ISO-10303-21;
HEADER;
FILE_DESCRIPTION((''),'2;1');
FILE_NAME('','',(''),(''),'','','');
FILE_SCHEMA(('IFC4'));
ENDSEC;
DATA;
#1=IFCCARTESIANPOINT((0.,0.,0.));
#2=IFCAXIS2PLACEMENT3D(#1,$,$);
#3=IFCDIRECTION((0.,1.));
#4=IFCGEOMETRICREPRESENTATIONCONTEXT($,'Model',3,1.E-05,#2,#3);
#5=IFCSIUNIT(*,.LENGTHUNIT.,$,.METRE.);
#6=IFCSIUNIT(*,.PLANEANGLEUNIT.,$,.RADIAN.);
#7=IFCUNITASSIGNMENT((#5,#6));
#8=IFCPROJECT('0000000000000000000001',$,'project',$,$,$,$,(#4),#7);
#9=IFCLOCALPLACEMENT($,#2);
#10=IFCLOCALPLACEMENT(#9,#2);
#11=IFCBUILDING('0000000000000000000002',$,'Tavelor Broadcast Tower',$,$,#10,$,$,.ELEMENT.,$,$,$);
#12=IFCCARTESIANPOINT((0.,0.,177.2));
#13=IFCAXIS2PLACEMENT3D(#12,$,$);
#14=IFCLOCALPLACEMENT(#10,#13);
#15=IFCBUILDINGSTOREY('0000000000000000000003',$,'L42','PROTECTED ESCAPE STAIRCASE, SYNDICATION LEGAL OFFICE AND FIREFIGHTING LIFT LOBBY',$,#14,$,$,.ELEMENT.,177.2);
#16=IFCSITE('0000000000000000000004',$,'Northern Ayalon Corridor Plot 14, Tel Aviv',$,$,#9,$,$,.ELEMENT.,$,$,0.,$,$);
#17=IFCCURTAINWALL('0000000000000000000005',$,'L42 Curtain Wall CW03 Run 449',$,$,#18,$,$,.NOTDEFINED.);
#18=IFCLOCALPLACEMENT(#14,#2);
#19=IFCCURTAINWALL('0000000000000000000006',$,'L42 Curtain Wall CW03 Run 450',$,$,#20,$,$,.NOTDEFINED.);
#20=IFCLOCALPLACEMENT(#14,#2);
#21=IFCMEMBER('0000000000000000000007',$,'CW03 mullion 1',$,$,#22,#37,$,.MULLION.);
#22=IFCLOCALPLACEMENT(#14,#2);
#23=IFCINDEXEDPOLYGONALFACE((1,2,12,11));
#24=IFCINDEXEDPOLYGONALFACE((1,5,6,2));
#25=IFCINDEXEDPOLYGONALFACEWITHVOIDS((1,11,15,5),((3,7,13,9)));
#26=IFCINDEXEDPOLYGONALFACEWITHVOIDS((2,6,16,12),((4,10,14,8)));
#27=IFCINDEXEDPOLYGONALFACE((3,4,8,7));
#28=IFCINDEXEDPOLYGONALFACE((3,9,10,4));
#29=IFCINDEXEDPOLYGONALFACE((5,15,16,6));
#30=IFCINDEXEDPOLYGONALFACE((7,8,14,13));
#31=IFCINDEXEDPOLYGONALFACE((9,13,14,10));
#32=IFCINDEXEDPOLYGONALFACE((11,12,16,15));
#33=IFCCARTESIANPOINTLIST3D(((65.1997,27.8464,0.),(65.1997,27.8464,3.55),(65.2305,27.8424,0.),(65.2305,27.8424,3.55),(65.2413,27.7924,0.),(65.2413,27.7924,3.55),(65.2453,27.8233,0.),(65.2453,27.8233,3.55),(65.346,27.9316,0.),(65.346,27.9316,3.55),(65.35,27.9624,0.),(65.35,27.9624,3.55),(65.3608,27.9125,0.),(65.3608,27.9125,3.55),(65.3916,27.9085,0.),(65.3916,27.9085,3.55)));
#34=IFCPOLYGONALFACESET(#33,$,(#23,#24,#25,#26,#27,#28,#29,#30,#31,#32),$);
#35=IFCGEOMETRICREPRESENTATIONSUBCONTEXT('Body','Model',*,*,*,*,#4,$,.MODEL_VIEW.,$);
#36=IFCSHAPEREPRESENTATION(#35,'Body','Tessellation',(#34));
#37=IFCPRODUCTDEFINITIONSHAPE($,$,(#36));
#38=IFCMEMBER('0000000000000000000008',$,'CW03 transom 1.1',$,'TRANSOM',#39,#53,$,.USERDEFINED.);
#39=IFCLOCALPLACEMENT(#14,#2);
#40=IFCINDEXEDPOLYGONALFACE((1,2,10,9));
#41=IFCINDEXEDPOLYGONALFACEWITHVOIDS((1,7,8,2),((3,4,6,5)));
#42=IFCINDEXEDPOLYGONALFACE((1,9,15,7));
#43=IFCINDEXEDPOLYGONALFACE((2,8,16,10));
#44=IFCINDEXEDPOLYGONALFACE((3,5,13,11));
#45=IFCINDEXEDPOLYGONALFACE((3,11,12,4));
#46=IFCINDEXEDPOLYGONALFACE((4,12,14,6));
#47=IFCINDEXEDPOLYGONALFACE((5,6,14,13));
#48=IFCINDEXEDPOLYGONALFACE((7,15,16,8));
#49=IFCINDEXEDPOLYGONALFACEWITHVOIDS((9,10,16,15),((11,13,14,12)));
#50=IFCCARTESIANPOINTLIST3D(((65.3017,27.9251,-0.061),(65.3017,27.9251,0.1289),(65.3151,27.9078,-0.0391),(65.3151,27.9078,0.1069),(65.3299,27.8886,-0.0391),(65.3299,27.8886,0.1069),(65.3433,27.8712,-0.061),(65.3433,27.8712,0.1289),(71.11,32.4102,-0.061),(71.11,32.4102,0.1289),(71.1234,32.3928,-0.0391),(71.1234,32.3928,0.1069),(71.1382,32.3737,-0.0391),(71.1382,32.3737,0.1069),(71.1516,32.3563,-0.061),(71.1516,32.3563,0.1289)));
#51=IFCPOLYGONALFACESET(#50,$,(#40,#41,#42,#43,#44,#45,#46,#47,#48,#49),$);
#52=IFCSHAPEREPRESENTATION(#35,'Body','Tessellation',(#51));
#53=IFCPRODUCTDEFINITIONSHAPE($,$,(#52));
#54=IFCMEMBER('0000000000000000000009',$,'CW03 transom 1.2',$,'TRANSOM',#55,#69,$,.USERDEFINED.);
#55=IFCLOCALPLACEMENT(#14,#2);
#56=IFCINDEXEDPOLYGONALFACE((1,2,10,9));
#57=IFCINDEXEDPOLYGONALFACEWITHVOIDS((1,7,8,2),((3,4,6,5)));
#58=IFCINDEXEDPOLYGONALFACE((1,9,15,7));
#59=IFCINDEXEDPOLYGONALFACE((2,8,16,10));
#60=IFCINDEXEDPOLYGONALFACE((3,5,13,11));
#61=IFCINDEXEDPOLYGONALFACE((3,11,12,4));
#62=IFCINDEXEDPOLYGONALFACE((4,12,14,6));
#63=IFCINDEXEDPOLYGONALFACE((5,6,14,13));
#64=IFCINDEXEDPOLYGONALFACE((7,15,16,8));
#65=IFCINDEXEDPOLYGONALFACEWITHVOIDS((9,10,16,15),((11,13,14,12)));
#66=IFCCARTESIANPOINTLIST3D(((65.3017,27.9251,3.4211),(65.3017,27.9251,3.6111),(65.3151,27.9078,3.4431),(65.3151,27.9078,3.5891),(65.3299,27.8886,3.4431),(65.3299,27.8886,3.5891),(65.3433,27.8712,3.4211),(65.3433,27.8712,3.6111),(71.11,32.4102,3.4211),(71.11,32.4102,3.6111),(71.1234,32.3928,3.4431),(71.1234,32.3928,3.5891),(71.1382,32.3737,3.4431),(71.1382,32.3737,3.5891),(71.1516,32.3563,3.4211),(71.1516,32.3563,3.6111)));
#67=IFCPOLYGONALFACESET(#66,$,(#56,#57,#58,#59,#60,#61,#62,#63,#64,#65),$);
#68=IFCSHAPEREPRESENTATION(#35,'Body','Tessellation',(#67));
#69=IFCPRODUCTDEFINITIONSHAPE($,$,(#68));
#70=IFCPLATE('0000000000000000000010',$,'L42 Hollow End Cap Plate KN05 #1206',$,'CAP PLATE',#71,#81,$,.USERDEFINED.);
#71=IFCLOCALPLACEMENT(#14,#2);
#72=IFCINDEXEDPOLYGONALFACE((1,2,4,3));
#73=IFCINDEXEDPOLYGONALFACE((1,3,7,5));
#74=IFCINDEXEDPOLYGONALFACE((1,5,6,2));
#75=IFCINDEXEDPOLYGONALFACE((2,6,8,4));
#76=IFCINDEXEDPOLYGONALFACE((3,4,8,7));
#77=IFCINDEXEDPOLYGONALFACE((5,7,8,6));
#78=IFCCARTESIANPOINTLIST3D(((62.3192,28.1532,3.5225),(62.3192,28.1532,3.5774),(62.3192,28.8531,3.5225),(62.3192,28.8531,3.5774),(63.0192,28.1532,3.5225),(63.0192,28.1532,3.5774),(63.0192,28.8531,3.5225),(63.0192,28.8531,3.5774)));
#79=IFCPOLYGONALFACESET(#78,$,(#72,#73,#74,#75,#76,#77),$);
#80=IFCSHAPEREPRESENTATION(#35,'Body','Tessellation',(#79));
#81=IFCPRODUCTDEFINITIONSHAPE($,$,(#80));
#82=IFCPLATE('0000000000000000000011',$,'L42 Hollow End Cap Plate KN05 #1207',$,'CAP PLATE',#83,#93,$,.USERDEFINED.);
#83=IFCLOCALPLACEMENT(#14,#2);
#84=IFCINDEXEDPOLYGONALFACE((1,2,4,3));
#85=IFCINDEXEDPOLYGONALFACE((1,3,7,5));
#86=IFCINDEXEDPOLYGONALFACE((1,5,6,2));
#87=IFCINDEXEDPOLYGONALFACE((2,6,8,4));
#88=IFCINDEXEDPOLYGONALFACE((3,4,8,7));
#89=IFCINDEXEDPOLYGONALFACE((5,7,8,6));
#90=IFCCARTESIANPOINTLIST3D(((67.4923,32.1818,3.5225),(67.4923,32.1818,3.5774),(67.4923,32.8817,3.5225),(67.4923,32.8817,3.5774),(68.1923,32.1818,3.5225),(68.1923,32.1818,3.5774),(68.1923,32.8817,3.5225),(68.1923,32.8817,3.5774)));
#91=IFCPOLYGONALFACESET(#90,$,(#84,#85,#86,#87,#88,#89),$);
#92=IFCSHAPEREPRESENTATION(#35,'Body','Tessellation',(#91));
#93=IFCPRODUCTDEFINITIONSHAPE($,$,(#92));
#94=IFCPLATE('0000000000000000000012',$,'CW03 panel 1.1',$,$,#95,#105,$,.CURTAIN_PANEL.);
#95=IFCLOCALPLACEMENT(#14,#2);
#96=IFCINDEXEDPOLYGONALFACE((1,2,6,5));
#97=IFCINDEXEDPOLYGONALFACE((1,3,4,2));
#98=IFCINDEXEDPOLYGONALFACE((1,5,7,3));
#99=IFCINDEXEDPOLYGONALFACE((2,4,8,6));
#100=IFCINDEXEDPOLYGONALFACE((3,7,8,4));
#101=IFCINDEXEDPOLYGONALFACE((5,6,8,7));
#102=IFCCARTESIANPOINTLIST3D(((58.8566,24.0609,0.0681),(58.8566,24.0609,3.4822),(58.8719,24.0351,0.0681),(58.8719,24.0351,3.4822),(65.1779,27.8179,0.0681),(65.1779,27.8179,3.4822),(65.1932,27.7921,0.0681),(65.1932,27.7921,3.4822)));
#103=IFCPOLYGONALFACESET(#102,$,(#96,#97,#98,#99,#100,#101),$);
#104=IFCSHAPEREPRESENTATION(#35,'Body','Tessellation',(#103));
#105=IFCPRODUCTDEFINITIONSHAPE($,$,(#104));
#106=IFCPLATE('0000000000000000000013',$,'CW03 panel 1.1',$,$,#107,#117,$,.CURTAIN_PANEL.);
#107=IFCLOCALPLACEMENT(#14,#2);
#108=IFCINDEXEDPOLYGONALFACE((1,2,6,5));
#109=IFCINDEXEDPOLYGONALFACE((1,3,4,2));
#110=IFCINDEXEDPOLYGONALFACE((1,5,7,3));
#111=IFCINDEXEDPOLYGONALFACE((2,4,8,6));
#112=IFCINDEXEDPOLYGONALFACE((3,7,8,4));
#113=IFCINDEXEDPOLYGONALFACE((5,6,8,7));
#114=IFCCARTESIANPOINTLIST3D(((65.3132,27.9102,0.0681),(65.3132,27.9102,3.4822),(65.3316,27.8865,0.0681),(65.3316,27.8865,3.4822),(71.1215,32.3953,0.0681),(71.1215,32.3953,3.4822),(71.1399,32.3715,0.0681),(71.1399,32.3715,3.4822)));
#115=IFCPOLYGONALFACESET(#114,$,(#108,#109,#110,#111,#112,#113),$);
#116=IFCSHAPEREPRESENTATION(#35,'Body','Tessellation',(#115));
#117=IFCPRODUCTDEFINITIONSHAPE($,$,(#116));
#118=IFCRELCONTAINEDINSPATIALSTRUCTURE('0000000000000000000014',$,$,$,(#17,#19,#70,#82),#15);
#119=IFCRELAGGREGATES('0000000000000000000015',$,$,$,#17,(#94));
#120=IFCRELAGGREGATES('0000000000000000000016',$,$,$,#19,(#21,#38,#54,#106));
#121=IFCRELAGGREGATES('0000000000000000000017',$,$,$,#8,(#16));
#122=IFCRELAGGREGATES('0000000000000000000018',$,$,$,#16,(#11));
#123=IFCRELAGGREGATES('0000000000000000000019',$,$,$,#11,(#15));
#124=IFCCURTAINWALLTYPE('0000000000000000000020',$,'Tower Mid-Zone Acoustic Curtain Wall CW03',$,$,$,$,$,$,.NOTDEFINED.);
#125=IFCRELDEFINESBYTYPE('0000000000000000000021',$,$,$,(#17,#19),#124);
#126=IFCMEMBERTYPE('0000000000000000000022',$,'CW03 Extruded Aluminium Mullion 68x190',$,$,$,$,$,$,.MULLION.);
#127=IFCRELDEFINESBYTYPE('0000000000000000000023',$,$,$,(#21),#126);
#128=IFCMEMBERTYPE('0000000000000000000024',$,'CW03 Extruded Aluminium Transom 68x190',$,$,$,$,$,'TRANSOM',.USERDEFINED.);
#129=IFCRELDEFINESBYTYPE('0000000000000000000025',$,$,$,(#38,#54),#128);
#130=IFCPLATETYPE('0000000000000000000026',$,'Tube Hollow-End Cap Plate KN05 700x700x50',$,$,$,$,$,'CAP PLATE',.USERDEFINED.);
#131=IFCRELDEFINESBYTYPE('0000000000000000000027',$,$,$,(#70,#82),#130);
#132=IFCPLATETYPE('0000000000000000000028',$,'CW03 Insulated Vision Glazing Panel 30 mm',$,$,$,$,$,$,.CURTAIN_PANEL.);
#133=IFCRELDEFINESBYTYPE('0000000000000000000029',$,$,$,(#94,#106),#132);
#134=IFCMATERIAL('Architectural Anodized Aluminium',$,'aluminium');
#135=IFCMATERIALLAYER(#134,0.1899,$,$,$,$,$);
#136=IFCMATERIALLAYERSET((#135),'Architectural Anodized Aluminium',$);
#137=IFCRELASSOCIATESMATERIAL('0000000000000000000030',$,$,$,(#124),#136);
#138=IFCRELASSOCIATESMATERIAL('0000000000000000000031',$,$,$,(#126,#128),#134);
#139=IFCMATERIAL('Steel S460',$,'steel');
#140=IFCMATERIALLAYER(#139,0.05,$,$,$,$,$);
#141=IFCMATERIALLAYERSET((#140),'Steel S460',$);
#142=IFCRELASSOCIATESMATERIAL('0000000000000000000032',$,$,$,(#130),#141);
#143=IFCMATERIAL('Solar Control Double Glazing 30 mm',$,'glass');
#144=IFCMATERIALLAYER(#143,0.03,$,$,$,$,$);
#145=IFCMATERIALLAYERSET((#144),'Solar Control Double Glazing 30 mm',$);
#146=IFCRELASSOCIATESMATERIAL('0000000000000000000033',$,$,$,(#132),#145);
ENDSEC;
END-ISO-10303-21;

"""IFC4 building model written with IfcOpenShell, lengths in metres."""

from ifc_helpers import new_model, si_unit, direction, frame, origin, origin_2d, place, context, subcontext, project, spatial, rectangle, hollow_rectangle, extrude, source, transform, mapped, material, layer, layer_set, material_profile, profile_set, type_object, type_shapes, element, aggregate, save


model = new_model("IFC4")

# Units and contexts
model_context = context("Model", 3, precision=1e-05, world=origin(), true_north=direction((0.0, 1.0)))
body_context = subcontext(model_context, "Body", "Model", "MODEL_VIEW")
ifc_project = project(units=[si_unit("LENGTHUNIT", "METRE"), si_unit("PLANEANGLEUNIT", "RADIAN")], contexts=[model_context])

# Site, building, storey
site_placement = place(None, origin())
site = spatial("IfcSite", under=ifc_project, at=site_placement, Name="Northern Ayalon Corridor Plot 14, Tel Aviv", CompositionType="ELEMENT", RefElevation=0.0)
building_placement = place(site_placement, origin())
building = spatial("IfcBuilding", under=site, at=building_placement, Name="Tavelor Broadcast Tower", CompositionType="ELEMENT")
storey_placement = place(building_placement, frame((0.0, 0.0, 177.2)))
storey = spatial("IfcBuildingStorey", under=building, at=storey_placement, Name="L42", Description="PROTECTED ESCAPE STAIRCASE, SYNDICATION LEGAL OFFICE AND FIREFIGHTING LIFT LOBBY", CompositionType="ELEMENT", Elevation=177.2)

# Shared definitions
ifc_material_1 = material(Name="Steel S460", Category="steel")

# Curtain wall
ifc_material_2 = material(Name="Architectural Anodized Aluminium", Category="aluminium")
ifc_layer_1 = layer(ifc_material_2, 0.1899)
ifc_layer_set_1 = layer_set([ifc_layer_1], Name="Architectural Anodized Aluminium")
curtain_wall_type = type_object("IfcCurtainWallType", Name="Tower Mid-Zone Acoustic Curtain Wall CW03", PredefinedType="NOTDEFINED", material=ifc_layer_set_1)
curtain_wall_1_placement = place(storey_placement, origin())
curtain_wall_1 = element("IfcCurtainWall", 1, at=curtain_wall_1_placement, inside=storey, type_object=curtain_wall_type, Name="L42 Curtain Wall CW03 Run 449", PredefinedType="NOTDEFINED")
ifc_material_profile_1 = material_profile(ifc_material_2, hollow_rectangle(XDim=0.0681, YDim=0.1899, WallThickness=0.022, at=origin_2d()), Name="RHS 68x190x22")
ifc_profile_set_1 = profile_set([ifc_material_profile_1], Name="Architectural Anodized Aluminium")
member_type_1 = type_object("IfcMemberType", Name="CW03 Extruded Aluminium Mullion 68x190", PredefinedType="MULLION", material=ifc_profile_set_1)
shared_shape_1 = source(origin(), body_context, "Body", "SweptSolid", [
    extrude(hollow_rectangle(XDim=0.0681, YDim=0.1899, WallThickness=0.022, at=origin_2d()), origin(), (0.0, 0.0, 1.0), 3.55),
])
type_shapes(member_type_1, [shared_shape_1])

# Curtain wall, members
curtain_wall_2_placement = place(storey_placement, origin())
curtain_wall_2 = element("IfcCurtainWall", 2, at=curtain_wall_2_placement, inside=storey, type_object=curtain_wall_type, Name="L42 Curtain Wall CW03 Run 450", PredefinedType="NOTDEFINED")
member_1_placement = place(storey_placement, frame((65.2957, 27.8774, 0.0), z_axis=(0.0, 0.0, 1.0), x_axis=(-0.611173, 0.791497, 0.0)))
member_1 = element("IfcMember", 3, at=member_1_placement, type_object=member_type_1, Name="CW03 mullion 1", PredefinedType="MULLION", context=body_context, shape_type="MappedRepresentation", body=[
    mapped(shared_shape_1, transform((0.0, 0.0, 0.0), scale=1.0)),
])
ifc_material_profile_2 = material_profile(ifc_material_2, hollow_rectangle(XDim=0.0681, YDim=0.1899, WallThickness=0.022, at=origin_2d()), Name="RHS 68x190x22")
ifc_profile_set_2 = profile_set([ifc_material_profile_2], Name="Architectural Anodized Aluminium")
member_type_2 = type_object("IfcMemberType", Name="CW03 Extruded Aluminium Transom 68x190", ElementType="TRANSOM", PredefinedType="USERDEFINED", material=ifc_profile_set_2)
shared_shape_2 = source(origin(), body_context, "Body", "SweptSolid", [
    extrude(hollow_rectangle(XDim=0.0681, YDim=0.1899, WallThickness=0.022, at=origin_2d()), origin(), (0.0, 0.0, 1.0), 7.3384),
])
type_shapes(member_type_2, [shared_shape_2])
member_2_placement = place(storey_placement, frame((65.3225, 27.8982, 0.0339), z_axis=(0.791493, 0.611178, 0.0), x_axis=(-0.611178, 0.791493, 0.0)))
member_2 = element("IfcMember", 4, at=member_2_placement, type_object=member_type_2, Name="CW03 transom 1.1", ObjectType="TRANSOM", PredefinedType="USERDEFINED", context=body_context, shape_type="MappedRepresentation", body=[
    mapped(shared_shape_2, transform((0.0, 0.0, 0.0), scale=1.0)),
])
member_3_placement = place(storey_placement, frame((65.3225, 27.8982, 3.5161), z_axis=(0.791493, 0.611178, 0.0), x_axis=(-0.611178, 0.791493, 0.0)))
member_3 = element("IfcMember", 5, at=member_3_placement, type_object=member_type_2, Name="CW03 transom 1.2", ObjectType="TRANSOM", PredefinedType="USERDEFINED", context=body_context, shape_type="MappedRepresentation", body=[
    mapped(shared_shape_2, transform((0.0, 0.0, 0.0), scale=1.0)),
])

# Plates
ifc_layer_2 = layer(ifc_material_1, 0.05)
ifc_layer_set_2 = layer_set([ifc_layer_2], Name="Steel S460")
plate_type_1 = type_object("IfcPlateType", Name="Tube Hollow-End Cap Plate KN05 700x700x50", ElementType="CAP PLATE", PredefinedType="USERDEFINED", material=ifc_layer_set_2)
shared_shape_3 = source(origin(), body_context, "Body", "SweptSolid", [
    extrude(rectangle(XDim=0.7, YDim=0.7, at=origin_2d()), origin(), (0.0, 0.0, 1.0), 0.0549),
])
type_shapes(plate_type_1, [shared_shape_3])
for number, where, z_axis, x_axis, name in (
    (6, (62.6692, 28.5032, 3.5225), (0.0, 0.0, 1.0), (1.0, 0.0, 0.0), "L42 Hollow End Cap Plate KN05 #1206"),
    (7, (67.8423, 32.5317, 3.5225), (0.0, 0.0, 1.0), (1.0, 0.0, 0.0), "L42 Hollow End Cap Plate KN05 #1207"),
):
    element("IfcPlate", number, at=place(storey_placement, frame(where, z_axis=z_axis, x_axis=x_axis)), inside=storey, type_object=plate_type_1, Name=name, ObjectType="CAP PLATE", PredefinedType="USERDEFINED", context=body_context, shape_type="MappedRepresentation", body=[
        mapped(shared_shape_3, transform((0.0, 0.0, 0.0), scale=1.0)),
    ])

# Plates
ifc_material_3 = material(Name="Solar Control Double Glazing 30 mm", Category="glass")
ifc_layer_3 = layer(ifc_material_3, 0.03)
ifc_layer_set_3 = layer_set([ifc_layer_3], Name="Solar Control Double Glazing 30 mm")
plate_type_2 = type_object("IfcPlateType", Name="CW03 Insulated Vision Glazing Panel 30 mm", PredefinedType="CURTAIN_PANEL", material=ifc_layer_set_3)
shared_shape_4 = source(origin(), body_context, "Body", "SweptSolid", [
    extrude(rectangle(XDim=7.3535, YDim=0.03, at=origin_2d()), origin(), (0.0, 0.0, 1.0), 3.4141),
])
plate_1_placement = place(storey_placement, frame((62.0249, 25.9265, 0.0681), z_axis=(0.0, 0.0, 1.0), x_axis=(0.859631, 0.510916, 0.0)))
plate_1 = element("IfcPlate", 8, at=plate_1_placement, type_object=plate_type_2, Name="CW03 panel 1.1", PredefinedType="CURTAIN_PANEL", context=body_context, shape_type="MappedRepresentation", body=[
    mapped(shared_shape_4, transform((0.0, 0.0, 0.0), scale=1.0)),
])
aggregate(curtain_wall_1, [plate_1])
shared_shape_5 = source(origin(), body_context, "Body", "SweptSolid", [
    extrude(rectangle(XDim=7.3384, YDim=0.03, at=origin_2d()), origin(), (0.0, 0.0, 1.0), 3.4141),
])
type_shapes(plate_type_2, [shared_shape_4, shared_shape_5])
plate_2_placement = place(storey_placement, frame((68.2266, 30.1409, 0.0681), z_axis=(0.0, 0.0, 1.0), x_axis=(0.791497, 0.611173, 0.0)))
plate_2 = element("IfcPlate", 9, at=plate_2_placement, type_object=plate_type_2, Name="CW03 panel 1.1", PredefinedType="CURTAIN_PANEL", context=body_context, shape_type="MappedRepresentation", body=[
    mapped(shared_shape_5, transform((0.0, 0.0, 0.0), scale=1.0)),
])
aggregate(curtain_wall_2, [member_1, member_2, member_3, plate_2])

save(model, "model.ifc")
